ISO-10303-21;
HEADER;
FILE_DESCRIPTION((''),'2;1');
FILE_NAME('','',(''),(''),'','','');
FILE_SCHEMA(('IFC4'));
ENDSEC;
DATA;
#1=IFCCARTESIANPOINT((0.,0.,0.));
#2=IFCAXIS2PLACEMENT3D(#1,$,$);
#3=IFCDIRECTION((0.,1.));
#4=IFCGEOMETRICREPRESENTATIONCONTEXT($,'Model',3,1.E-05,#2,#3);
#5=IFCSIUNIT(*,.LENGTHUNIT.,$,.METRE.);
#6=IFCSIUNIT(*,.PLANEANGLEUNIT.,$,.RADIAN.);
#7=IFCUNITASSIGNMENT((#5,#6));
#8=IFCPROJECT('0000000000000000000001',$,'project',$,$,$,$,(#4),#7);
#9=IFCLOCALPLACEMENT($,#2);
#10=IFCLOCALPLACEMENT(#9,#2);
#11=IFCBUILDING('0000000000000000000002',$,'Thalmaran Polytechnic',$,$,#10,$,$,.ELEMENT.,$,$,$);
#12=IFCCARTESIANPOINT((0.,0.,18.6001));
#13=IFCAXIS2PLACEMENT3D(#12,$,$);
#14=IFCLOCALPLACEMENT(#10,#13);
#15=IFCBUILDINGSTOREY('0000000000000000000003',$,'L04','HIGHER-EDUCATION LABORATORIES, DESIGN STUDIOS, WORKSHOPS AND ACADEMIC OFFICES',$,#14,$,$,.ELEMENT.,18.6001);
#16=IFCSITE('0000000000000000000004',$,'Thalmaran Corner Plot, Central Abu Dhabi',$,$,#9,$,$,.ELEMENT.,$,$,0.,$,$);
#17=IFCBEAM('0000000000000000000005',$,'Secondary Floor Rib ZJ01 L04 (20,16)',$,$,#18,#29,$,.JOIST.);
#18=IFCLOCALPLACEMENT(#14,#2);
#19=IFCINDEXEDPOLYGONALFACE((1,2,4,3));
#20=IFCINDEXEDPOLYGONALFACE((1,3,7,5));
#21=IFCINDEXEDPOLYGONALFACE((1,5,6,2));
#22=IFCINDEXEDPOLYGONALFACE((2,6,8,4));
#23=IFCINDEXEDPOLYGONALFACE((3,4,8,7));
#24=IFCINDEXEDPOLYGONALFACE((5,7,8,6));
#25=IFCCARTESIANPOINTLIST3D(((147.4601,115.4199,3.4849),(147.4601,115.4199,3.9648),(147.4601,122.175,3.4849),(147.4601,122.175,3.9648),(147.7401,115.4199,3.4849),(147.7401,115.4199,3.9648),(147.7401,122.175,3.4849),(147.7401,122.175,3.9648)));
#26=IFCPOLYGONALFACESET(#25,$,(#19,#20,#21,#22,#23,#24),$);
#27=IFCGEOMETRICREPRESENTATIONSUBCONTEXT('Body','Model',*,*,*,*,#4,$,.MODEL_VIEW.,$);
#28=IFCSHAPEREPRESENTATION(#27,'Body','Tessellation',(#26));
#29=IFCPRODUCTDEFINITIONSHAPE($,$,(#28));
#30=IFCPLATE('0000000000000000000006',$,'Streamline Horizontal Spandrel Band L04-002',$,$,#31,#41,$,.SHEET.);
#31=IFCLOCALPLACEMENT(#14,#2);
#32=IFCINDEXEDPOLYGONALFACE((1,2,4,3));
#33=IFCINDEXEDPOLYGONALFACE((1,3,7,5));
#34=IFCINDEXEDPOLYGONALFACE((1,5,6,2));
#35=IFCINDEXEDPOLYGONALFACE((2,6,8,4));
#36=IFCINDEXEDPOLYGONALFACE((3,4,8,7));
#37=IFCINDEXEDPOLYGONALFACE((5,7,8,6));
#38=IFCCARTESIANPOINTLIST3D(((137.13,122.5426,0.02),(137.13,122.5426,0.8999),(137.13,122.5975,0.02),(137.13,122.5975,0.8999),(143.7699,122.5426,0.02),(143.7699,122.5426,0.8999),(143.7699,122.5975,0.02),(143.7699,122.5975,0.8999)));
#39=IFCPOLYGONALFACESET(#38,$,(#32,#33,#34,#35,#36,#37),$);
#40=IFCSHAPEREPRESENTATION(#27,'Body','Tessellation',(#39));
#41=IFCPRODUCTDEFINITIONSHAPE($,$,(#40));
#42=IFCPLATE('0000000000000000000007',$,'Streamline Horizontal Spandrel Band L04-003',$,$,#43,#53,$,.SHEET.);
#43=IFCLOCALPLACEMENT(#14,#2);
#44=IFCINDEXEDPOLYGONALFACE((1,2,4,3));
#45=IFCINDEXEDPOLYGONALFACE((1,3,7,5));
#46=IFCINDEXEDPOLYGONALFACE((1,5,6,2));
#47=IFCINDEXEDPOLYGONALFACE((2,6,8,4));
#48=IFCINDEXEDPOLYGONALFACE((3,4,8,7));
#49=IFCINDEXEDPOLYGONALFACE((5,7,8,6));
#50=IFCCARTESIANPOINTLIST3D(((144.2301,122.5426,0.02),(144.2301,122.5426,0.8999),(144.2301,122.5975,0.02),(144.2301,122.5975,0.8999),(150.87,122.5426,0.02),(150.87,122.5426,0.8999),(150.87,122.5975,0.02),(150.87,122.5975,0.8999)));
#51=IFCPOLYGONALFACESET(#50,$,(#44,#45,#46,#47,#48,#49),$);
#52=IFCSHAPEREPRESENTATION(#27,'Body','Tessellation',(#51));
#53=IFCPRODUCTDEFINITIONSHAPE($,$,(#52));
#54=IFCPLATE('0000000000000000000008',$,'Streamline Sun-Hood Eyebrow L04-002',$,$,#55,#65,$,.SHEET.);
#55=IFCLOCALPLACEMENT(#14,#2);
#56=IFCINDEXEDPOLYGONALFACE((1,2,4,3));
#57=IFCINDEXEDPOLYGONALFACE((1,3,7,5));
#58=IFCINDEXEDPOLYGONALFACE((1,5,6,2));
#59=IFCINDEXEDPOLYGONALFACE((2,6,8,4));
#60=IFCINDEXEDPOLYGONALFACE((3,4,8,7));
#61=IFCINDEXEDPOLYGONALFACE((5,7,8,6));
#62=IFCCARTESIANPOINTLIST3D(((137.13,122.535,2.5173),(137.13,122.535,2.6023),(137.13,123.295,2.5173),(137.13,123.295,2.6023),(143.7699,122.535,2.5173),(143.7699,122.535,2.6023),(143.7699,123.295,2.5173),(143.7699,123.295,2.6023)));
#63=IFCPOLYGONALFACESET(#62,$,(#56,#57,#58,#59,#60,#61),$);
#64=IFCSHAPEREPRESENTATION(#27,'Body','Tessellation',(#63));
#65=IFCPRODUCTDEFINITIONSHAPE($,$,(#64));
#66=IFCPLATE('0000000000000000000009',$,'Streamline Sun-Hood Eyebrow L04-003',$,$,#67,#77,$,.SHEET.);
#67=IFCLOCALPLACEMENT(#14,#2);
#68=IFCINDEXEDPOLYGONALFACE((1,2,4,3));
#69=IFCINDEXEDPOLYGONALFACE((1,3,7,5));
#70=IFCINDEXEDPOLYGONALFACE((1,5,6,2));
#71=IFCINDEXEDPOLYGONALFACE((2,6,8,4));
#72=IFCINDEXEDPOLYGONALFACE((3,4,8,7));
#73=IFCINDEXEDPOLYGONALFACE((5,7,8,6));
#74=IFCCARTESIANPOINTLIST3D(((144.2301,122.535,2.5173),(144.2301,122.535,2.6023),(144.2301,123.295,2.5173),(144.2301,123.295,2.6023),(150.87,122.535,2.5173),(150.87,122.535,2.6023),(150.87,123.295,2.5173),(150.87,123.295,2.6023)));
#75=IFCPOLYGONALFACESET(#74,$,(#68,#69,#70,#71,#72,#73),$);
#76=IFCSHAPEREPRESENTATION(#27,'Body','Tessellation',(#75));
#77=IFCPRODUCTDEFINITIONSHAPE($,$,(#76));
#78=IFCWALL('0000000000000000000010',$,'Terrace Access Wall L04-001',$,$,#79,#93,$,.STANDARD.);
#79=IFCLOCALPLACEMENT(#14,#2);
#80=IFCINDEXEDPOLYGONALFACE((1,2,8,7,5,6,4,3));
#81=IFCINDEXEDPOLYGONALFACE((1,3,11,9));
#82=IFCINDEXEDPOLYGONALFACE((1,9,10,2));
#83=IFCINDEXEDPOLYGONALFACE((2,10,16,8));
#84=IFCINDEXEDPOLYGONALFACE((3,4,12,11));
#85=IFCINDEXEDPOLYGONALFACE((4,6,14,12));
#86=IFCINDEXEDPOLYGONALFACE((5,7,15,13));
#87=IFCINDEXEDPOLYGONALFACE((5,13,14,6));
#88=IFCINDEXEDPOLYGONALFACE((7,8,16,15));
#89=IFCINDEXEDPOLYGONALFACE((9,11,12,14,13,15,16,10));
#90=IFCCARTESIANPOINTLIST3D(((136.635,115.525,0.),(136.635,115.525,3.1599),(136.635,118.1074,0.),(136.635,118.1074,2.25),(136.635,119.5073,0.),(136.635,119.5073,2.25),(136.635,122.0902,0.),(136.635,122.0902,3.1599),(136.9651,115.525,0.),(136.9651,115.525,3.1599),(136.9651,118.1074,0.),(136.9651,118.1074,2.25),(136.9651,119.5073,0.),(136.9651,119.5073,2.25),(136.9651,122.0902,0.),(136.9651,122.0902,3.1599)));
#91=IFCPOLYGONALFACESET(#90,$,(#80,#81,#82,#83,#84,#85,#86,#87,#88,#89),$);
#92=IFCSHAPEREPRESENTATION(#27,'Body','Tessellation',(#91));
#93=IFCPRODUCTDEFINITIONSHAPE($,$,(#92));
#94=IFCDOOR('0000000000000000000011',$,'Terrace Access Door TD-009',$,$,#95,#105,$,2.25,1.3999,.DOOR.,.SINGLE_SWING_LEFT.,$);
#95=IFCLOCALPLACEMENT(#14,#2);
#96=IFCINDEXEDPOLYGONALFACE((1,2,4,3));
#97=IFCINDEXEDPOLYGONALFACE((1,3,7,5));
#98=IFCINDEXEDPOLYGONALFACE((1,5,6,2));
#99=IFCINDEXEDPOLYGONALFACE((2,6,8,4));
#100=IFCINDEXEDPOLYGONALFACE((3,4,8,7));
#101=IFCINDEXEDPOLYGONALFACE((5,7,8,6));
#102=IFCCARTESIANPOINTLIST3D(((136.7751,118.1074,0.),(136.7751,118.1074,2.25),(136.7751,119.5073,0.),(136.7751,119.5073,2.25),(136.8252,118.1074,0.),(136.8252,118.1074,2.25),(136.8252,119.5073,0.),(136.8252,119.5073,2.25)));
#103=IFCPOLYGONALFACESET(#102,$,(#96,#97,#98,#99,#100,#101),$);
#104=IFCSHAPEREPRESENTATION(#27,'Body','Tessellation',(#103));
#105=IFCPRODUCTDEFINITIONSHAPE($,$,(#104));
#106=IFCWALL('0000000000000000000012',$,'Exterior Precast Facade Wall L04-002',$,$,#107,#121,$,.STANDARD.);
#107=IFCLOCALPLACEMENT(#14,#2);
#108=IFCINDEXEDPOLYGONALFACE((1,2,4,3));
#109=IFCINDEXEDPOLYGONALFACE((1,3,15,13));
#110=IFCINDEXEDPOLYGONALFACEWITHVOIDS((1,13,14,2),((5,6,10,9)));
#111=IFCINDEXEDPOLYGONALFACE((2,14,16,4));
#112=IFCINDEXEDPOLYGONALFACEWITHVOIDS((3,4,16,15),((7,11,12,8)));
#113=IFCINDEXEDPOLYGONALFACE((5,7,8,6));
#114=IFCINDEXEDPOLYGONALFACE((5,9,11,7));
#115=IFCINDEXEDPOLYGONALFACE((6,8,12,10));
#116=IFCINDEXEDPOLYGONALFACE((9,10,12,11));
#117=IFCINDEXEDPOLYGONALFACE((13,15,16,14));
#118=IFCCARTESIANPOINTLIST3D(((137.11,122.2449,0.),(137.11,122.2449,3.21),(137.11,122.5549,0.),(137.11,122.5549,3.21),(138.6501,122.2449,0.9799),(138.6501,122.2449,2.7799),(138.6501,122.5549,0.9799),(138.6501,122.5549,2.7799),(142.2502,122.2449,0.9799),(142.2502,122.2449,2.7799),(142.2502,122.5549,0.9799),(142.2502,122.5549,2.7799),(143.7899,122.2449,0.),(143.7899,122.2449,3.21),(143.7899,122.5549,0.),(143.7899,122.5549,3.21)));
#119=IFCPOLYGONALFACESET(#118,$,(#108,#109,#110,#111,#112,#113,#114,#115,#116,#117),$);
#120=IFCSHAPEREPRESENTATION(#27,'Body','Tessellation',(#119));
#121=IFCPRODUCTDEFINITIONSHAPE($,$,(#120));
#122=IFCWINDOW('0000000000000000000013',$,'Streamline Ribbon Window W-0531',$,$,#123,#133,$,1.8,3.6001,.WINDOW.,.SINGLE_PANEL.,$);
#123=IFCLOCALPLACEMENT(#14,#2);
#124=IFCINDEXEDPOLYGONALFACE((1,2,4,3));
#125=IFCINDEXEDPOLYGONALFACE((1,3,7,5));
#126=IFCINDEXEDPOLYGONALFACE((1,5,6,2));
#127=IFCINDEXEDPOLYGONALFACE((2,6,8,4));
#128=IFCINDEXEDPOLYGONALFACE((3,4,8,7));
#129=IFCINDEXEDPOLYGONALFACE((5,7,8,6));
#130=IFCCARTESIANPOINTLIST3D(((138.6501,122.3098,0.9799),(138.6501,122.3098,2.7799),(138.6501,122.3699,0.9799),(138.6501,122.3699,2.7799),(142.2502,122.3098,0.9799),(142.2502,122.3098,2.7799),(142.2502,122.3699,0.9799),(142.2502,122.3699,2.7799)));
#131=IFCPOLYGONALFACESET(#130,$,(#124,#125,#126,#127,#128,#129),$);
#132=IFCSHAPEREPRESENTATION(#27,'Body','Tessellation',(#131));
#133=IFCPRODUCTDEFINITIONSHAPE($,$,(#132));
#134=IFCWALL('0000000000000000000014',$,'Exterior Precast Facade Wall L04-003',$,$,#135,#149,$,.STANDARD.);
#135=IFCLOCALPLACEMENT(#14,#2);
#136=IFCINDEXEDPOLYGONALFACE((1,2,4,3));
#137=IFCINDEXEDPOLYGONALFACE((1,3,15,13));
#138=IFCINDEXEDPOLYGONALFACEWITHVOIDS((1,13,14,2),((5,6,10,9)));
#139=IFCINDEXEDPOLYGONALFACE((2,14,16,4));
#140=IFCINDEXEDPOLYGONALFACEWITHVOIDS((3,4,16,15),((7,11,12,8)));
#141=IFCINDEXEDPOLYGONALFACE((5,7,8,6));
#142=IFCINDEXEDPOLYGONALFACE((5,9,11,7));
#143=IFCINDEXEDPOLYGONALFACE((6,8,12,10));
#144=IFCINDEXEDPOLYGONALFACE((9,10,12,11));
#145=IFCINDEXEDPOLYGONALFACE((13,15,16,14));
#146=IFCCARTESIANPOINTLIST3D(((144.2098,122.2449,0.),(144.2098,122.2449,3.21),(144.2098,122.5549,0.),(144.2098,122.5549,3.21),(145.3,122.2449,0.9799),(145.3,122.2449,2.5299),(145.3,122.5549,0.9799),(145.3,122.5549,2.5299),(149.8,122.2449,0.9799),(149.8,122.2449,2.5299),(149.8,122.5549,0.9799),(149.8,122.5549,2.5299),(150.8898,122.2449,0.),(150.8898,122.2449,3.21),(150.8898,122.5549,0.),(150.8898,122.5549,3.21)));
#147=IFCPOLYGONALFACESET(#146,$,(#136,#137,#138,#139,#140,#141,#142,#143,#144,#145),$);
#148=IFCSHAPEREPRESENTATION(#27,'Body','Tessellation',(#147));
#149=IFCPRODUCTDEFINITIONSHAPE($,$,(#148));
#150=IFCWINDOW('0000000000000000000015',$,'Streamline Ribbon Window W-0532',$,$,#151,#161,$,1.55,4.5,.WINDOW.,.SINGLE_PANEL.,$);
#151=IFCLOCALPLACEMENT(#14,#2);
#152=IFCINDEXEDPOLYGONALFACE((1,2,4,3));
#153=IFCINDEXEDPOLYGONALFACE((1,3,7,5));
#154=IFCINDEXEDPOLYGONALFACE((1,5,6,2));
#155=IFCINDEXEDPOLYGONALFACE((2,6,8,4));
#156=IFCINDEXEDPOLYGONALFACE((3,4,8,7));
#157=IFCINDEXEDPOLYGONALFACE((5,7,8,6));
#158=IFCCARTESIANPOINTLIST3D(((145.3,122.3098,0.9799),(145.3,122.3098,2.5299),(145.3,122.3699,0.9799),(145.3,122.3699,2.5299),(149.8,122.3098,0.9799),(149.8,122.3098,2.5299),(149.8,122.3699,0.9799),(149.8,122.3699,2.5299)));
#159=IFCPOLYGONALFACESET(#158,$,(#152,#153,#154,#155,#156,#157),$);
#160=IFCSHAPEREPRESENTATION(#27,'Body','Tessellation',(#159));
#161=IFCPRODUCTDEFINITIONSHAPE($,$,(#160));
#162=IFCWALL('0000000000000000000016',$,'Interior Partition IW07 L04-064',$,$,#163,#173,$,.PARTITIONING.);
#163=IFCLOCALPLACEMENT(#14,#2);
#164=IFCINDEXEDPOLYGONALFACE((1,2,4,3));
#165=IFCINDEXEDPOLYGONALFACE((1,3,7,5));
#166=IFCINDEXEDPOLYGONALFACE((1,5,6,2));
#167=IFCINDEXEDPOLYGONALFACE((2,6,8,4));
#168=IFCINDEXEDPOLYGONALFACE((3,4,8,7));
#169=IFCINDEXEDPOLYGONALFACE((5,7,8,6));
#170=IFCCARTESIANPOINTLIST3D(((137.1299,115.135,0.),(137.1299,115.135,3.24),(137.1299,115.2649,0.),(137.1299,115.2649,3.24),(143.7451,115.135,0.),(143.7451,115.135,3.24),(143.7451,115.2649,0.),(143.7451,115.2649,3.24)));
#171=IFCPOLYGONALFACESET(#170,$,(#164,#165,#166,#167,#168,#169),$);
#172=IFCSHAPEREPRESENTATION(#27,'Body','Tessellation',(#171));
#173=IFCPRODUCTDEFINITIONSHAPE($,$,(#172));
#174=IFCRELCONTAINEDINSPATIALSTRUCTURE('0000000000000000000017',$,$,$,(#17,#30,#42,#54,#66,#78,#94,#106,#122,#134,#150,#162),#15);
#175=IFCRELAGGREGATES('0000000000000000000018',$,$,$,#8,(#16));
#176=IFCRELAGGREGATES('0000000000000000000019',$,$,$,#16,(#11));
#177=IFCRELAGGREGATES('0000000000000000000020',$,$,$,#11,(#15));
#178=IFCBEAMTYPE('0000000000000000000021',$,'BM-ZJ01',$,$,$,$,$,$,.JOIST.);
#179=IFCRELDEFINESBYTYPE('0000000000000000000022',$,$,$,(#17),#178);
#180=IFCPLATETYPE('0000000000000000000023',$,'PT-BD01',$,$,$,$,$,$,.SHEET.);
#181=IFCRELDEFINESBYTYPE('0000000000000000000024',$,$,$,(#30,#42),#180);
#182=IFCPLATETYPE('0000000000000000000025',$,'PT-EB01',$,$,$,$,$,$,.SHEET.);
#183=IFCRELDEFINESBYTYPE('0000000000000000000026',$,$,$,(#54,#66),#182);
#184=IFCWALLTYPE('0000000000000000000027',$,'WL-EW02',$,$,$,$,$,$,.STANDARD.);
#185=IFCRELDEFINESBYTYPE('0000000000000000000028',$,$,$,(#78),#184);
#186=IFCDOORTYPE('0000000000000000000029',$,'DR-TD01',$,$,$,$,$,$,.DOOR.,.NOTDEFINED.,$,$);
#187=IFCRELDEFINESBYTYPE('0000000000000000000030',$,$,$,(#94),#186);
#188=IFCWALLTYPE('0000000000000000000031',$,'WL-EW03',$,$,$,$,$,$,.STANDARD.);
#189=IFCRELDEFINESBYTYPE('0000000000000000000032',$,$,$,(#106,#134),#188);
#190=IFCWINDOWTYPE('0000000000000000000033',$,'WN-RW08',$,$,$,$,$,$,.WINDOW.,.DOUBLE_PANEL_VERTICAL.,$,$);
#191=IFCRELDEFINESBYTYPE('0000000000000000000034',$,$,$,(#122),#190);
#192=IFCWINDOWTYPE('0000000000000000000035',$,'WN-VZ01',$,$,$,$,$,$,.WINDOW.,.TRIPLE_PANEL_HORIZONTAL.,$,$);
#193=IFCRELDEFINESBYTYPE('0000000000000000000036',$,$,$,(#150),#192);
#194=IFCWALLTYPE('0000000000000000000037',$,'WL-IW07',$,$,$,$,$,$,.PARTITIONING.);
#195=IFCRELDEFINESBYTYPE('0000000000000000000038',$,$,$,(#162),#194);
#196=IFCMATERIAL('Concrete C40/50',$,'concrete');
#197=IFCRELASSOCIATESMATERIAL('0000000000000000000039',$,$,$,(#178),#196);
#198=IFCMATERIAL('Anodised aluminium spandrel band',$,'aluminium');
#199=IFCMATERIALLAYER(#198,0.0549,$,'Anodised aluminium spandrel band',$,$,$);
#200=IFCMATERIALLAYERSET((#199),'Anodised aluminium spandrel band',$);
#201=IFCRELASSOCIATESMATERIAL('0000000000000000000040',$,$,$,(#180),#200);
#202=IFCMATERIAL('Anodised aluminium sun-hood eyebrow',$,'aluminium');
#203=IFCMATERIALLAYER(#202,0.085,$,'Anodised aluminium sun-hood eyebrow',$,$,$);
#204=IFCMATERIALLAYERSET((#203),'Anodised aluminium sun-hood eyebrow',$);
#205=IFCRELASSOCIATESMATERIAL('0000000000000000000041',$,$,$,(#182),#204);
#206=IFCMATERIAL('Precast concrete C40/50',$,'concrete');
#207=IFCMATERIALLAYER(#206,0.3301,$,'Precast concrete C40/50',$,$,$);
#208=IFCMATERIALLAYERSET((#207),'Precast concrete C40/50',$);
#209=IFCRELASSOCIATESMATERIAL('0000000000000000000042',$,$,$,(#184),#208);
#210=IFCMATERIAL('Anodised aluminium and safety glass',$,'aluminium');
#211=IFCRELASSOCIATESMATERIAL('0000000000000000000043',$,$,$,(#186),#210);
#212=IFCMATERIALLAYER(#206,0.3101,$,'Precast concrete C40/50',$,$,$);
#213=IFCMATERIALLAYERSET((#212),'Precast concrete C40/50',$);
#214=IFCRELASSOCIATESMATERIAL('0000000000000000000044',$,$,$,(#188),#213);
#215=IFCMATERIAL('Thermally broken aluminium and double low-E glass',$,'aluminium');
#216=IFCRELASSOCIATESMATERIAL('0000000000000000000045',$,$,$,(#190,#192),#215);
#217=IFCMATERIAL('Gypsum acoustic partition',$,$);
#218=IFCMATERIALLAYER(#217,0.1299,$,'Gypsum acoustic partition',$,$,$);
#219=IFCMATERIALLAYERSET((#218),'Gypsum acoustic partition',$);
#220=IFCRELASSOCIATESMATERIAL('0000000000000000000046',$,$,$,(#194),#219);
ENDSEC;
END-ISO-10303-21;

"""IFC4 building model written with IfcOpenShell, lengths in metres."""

from ifc_helpers import new_model, si_unit, direction, frame, frame_2d, origin, origin_2d, place, context, subcontext, project, spatial, rectangle, extrude, material, layer, layer_set, material_profile, profile_set, type_object, element, fill, save


model = new_model("IFC4")

# Units and contexts
model_context = context("Model", 3, precision=1e-05, world=origin(), true_north=direction((0.0, 1.0)))
body_context = subcontext(model_context, "Body", "Model", "MODEL_VIEW")
ifc_project = project(units=[si_unit("LENGTHUNIT", "METRE"), si_unit("PLANEANGLEUNIT", "RADIAN")], contexts=[model_context])

# Site, building, storey
site_placement = place(None, origin())
site = spatial("IfcSite", under=ifc_project, at=site_placement, Name="Thalmaran Corner Plot, Central Abu Dhabi", CompositionType="ELEMENT", RefElevation=0.0)
building_placement = place(site_placement, origin())
building = spatial("IfcBuilding", under=site, at=building_placement, Name="Thalmaran Polytechnic", CompositionType="ELEMENT")
storey_placement = place(building_placement, frame((0.0, 0.0, 18.6001)))
storey = spatial("IfcBuildingStorey", under=building, at=storey_placement, Name="L04", Description="HIGHER-EDUCATION LABORATORIES, DESIGN STUDIOS, WORKSHOPS AND ACADEMIC OFFICES", CompositionType="ELEMENT", Elevation=18.6001)

# Shared definitions
ifc_material_1 = material(Name="Concrete C40/50", Category="concrete")

# Beam
ifc_material_profile_1 = material_profile(ifc_material_1, rectangle(XDim=0.28, YDim=0.48, at=origin_2d()), Name="RC 280x480")
ifc_profile_set_1 = profile_set([ifc_material_profile_1], Name="Concrete C40/50")
beam_type_1 = type_object("IfcBeamType", Name="BM-ZJ01", PredefinedType="JOIST", material=ifc_profile_set_1)
beam_1_placement = place(storey_placement, frame((147.6001, 115.4199, 3.7249), z_axis=(0.0, 1.0, 0.0), x_axis=(-1.0, 0.0, 0.0)))
element("IfcBeam", 1, at=beam_1_placement, inside=storey, type_object=beam_type_1, Name="Secondary Floor Rib ZJ01 L04 (20,16)", PredefinedType="JOIST", context=body_context, shape_type="SweptSolid", body=[
    extrude(rectangle(XDim=0.28, YDim=0.48, at=origin_2d()), origin(), (0.0, 0.0, 1.0), 6.7551),
])

# Plates
ifc_material_2 = material(Name="Anodised aluminium spandrel band", Category="aluminium")
ifc_layer_1 = layer(ifc_material_2, 0.0549, Name="Anodised aluminium spandrel band")
ifc_layer_set_1 = layer_set([ifc_layer_1], Name="Anodised aluminium spandrel band")
plate_type_1 = type_object("IfcPlateType", Name="PT-BD01", PredefinedType="SHEET", material=ifc_layer_set_1)
for number, where, z_axis, x_axis, name in (
    (2, (140.45, 122.5701, 0.02), (0.0, 0.0, 1.0), (1.0, 0.0, 0.0), "Streamline Horizontal Spandrel Band L04-002"),
    (3, (147.55, 122.5701, 0.02), (0.0, 0.0, 1.0), (1.0, 0.0, 0.0), "Streamline Horizontal Spandrel Band L04-003"),
):
    element("IfcPlate", number, at=place(storey_placement, frame(where, z_axis=z_axis, x_axis=x_axis)), inside=storey, type_object=plate_type_1, Name=name, PredefinedType="SHEET", context=body_context, shape_type="SweptSolid", body=[
        extrude(rectangle(XDim=6.6399, YDim=0.0549, at=origin_2d()), origin(), (0.0, 0.0, 1.0), 0.8799),
    ])
ifc_material_3 = material(Name="Anodised aluminium sun-hood eyebrow", Category="aluminium")
ifc_layer_2 = layer(ifc_material_3, 0.085, Name="Anodised aluminium sun-hood eyebrow")
ifc_layer_set_2 = layer_set([ifc_layer_2], Name="Anodised aluminium sun-hood eyebrow")
plate_type_2 = type_object("IfcPlateType", Name="PT-EB01", PredefinedType="SHEET", material=ifc_layer_set_2)
for number, where, z_axis, x_axis, name in (
    (4, (140.45, 122.915, 2.5173), (0.0, 0.0, 1.0), (1.0, 0.0, 0.0), "Streamline Sun-Hood Eyebrow L04-002"),
    (5, (147.55, 122.915, 2.5173), (0.0, 0.0, 1.0), (1.0, 0.0, 0.0), "Streamline Sun-Hood Eyebrow L04-003"),
):
    element("IfcPlate", number, at=place(storey_placement, frame(where, z_axis=z_axis, x_axis=x_axis)), inside=storey, type_object=plate_type_2, Name=name, PredefinedType="SHEET", context=body_context, shape_type="SweptSolid", body=[
        extrude(rectangle(XDim=6.6399, YDim=0.76, at=origin_2d()), origin(), (0.0, 0.0, 1.0), 0.085),
    ])

# Wall, opening, door
ifc_material_4 = material(Name="Precast concrete C40/50", Category="concrete")
ifc_layer_3 = layer(ifc_material_4, 0.3301, Name="Precast concrete C40/50")
ifc_layer_set_3 = layer_set([ifc_layer_3], Name="Precast concrete C40/50")
wall_type_1 = type_object("IfcWallType", Name="WL-EW02", PredefinedType="STANDARD", material=ifc_layer_set_3)
wall_1_placement = place(storey_placement, frame((136.8, 115.5249, 0.0), z_axis=(0.0, 0.0, 1.0), x_axis=(0.0, 1.0, 0.0)))
wall_1 = element("IfcWall", 6, at=wall_1_placement, inside=storey, type_object=wall_type_1, Name="Terrace Access Wall L04-001", PredefinedType="STANDARD", context=body_context, shape_type="SweptSolid", body=[
    extrude(rectangle(XDim=6.5652, YDim=0.3301, at=frame_2d((3.2827, 0.0))), origin(), (0.0, 0.0, 1.0), 3.1599),
])
opening_1_placement = place(wall_1_placement, frame((2.5825, 0.0, 0.0)))
opening_1 = element("IfcOpeningElement", 7, at=opening_1_placement, cuts=wall_1, PredefinedType="OPENING", context=body_context, shape_type="SweptSolid", body=[
    extrude(rectangle(XDim=1.3999, YDim=2.25, at=frame_2d((0.7, 1.125))), frame((0.0, 0.175, 0.0), z_axis=(0.0, -1.0, 0.0), x_axis=(1.0, 0.0, 0.0)), (0.0, 0.0, 1.0), 0.3501),
])
ifc_material_5 = material(Name="Anodised aluminium and safety glass", Category="aluminium")
door_type = type_object("IfcDoorType", Name="DR-TD01", OperationType="NOTDEFINED", PredefinedType="DOOR", material=ifc_material_5)
door_placement = place(opening_1_placement, origin())
door = element("IfcDoor", 8, at=door_placement, inside=storey, type_object=door_type, Name="Terrace Access Door TD-009", OperationType="SINGLE_SWING_LEFT", OverallHeight=2.25, OverallWidth=1.3999, PredefinedType="DOOR", context=body_context, shape_type="SweptSolid", body=[
    extrude(rectangle(XDim=1.3999, YDim=2.25, at=frame_2d((0.7, 1.125))), frame((0.0, 0.0249, 0.0), z_axis=(0.0, -1.0, 0.0), x_axis=(1.0, 0.0, 0.0)), (0.0, 0.0, 1.0), 0.05),
])
fill(opening_1, door)

# Walls, openings, windows
ifc_layer_4 = layer(ifc_material_4, 0.3101, Name="Precast concrete C40/50")
ifc_layer_set_4 = layer_set([ifc_layer_4], Name="Precast concrete C40/50")
wall_type_2 = type_object("IfcWallType", Name="WL-EW03", PredefinedType="STANDARD", material=ifc_layer_set_4)
wall_2_placement = place(storey_placement, frame((137.1101, 122.3999, 0.0), z_axis=(0.0, 0.0, 1.0), x_axis=(1.0, 0.0, 0.0)))
wall_2 = element("IfcWall", 9, at=wall_2_placement, inside=storey, type_object=wall_type_2, Name="Exterior Precast Facade Wall L04-002", PredefinedType="STANDARD", context=body_context, shape_type="SweptSolid", body=[
    extrude(rectangle(XDim=6.6799, YDim=0.3101, at=frame_2d((3.3398, 0.0))), origin(), (0.0, 0.0, 1.0), 3.21),
])
opening_2_placement = place(wall_2_placement, frame((1.54, 0.0, 0.98)))
opening_2 = element("IfcOpeningElement", 10, at=opening_2_placement, cuts=wall_2, PredefinedType="OPENING", context=body_context, shape_type="SweptSolid", body=[
    extrude(rectangle(XDim=3.6001, YDim=1.8, at=frame_2d((1.8, 0.8999))), frame((0.0, 0.165, 0.0), z_axis=(0.0, -1.0, 0.0), x_axis=(1.0, 0.0, 0.0)), (0.0, 0.0, 1.0), 0.3301),
])
ifc_material_6 = material(Name="Thermally broken aluminium and double low-E glass", Category="aluminium")
window_type_1 = type_object("IfcWindowType", Name="WN-RW08", PartitioningType="DOUBLE_PANEL_VERTICAL", PredefinedType="WINDOW", material=ifc_material_6)
window_1_placement = place(opening_2_placement, origin())
window_1 = element("IfcWindow", 11, at=window_1_placement, inside=storey, type_object=window_type_1, Name="Streamline Ribbon Window W-0531", OverallHeight=1.8, OverallWidth=3.6001, PartitioningType="SINGLE_PANEL", PredefinedType="WINDOW", context=body_context, shape_type="SweptSolid", body=[
    extrude(rectangle(XDim=3.6001, YDim=1.8, at=frame_2d((1.8, 0.8999))), frame((0.0, -0.03, 0.0), z_axis=(0.0, -1.0, 0.0), x_axis=(1.0, 0.0, 0.0)), (0.0, 0.0, 1.0), 0.0601),
])
fill(opening_2, window_1)
wall_3_placement = place(storey_placement, frame((144.21, 122.3999, 0.0), z_axis=(0.0, 0.0, 1.0), x_axis=(1.0, 0.0, 0.0)))
wall_3 = element("IfcWall", 12, at=wall_3_placement, inside=storey, type_object=wall_type_2, Name="Exterior Precast Facade Wall L04-003", PredefinedType="STANDARD", context=body_context, shape_type="SweptSolid", body=[
    extrude(rectangle(XDim=6.6799, YDim=0.3101, at=frame_2d((3.3398, 0.0))), origin(), (0.0, 0.0, 1.0), 3.21),
])
opening_3_placement = place(wall_3_placement, frame((1.0901, 0.0, 0.98)))
opening_3 = element("IfcOpeningElement", 13, at=opening_3_placement, cuts=wall_3, PredefinedType="OPENING", context=body_context, shape_type="SweptSolid", body=[
    extrude(rectangle(XDim=4.5, YDim=1.55, at=frame_2d((2.25, 0.7749))), frame((0.0, 0.165, 0.0), z_axis=(0.0, -1.0, 0.0), x_axis=(1.0, 0.0, 0.0)), (0.0, 0.0, 1.0), 0.3301),
])
window_type_2 = type_object("IfcWindowType", Name="WN-VZ01", PartitioningType="TRIPLE_PANEL_HORIZONTAL", PredefinedType="WINDOW", material=ifc_material_6)
window_2_placement = place(opening_3_placement, origin())
window_2 = element("IfcWindow", 14, at=window_2_placement, inside=storey, type_object=window_type_2, Name="Streamline Ribbon Window W-0532", OverallHeight=1.55, OverallWidth=4.5, PartitioningType="SINGLE_PANEL", PredefinedType="WINDOW", context=body_context, shape_type="SweptSolid", body=[
    extrude(rectangle(XDim=4.5, YDim=1.55, at=frame_2d((2.25, 0.7749))), frame((0.0, -0.03, 0.0), z_axis=(0.0, -1.0, 0.0), x_axis=(1.0, 0.0, 0.0)), (0.0, 0.0, 1.0), 0.0601),
])
fill(opening_3, window_2)

# Wall
ifc_material_7 = material(Name="Gypsum acoustic partition")
ifc_layer_5 = layer(ifc_material_7, 0.1299, Name="Gypsum acoustic partition")
ifc_layer_set_5 = layer_set([ifc_layer_5], Name="Gypsum acoustic partition")
wall_type_3 = type_object("IfcWallType", Name="WL-IW07", PredefinedType="PARTITIONING", material=ifc_layer_set_5)
wall_4_placement = place(storey_placement, frame((137.1299, 115.2, 0.0), z_axis=(0.0, 0.0, 1.0), x_axis=(1.0, 0.0, 0.0)))
element("IfcWall", 15, at=wall_4_placement, inside=storey, type_object=wall_type_3, Name="Interior Partition IW07 L04-064", PredefinedType="PARTITIONING", context=body_context, shape_type="SweptSolid", body=[
    extrude(rectangle(XDim=6.6152, YDim=0.1299, at=frame_2d((3.3076, 0.0))), origin(), (0.0, 0.0, 1.0), 3.24),
])

save(model, "model.ifc")
